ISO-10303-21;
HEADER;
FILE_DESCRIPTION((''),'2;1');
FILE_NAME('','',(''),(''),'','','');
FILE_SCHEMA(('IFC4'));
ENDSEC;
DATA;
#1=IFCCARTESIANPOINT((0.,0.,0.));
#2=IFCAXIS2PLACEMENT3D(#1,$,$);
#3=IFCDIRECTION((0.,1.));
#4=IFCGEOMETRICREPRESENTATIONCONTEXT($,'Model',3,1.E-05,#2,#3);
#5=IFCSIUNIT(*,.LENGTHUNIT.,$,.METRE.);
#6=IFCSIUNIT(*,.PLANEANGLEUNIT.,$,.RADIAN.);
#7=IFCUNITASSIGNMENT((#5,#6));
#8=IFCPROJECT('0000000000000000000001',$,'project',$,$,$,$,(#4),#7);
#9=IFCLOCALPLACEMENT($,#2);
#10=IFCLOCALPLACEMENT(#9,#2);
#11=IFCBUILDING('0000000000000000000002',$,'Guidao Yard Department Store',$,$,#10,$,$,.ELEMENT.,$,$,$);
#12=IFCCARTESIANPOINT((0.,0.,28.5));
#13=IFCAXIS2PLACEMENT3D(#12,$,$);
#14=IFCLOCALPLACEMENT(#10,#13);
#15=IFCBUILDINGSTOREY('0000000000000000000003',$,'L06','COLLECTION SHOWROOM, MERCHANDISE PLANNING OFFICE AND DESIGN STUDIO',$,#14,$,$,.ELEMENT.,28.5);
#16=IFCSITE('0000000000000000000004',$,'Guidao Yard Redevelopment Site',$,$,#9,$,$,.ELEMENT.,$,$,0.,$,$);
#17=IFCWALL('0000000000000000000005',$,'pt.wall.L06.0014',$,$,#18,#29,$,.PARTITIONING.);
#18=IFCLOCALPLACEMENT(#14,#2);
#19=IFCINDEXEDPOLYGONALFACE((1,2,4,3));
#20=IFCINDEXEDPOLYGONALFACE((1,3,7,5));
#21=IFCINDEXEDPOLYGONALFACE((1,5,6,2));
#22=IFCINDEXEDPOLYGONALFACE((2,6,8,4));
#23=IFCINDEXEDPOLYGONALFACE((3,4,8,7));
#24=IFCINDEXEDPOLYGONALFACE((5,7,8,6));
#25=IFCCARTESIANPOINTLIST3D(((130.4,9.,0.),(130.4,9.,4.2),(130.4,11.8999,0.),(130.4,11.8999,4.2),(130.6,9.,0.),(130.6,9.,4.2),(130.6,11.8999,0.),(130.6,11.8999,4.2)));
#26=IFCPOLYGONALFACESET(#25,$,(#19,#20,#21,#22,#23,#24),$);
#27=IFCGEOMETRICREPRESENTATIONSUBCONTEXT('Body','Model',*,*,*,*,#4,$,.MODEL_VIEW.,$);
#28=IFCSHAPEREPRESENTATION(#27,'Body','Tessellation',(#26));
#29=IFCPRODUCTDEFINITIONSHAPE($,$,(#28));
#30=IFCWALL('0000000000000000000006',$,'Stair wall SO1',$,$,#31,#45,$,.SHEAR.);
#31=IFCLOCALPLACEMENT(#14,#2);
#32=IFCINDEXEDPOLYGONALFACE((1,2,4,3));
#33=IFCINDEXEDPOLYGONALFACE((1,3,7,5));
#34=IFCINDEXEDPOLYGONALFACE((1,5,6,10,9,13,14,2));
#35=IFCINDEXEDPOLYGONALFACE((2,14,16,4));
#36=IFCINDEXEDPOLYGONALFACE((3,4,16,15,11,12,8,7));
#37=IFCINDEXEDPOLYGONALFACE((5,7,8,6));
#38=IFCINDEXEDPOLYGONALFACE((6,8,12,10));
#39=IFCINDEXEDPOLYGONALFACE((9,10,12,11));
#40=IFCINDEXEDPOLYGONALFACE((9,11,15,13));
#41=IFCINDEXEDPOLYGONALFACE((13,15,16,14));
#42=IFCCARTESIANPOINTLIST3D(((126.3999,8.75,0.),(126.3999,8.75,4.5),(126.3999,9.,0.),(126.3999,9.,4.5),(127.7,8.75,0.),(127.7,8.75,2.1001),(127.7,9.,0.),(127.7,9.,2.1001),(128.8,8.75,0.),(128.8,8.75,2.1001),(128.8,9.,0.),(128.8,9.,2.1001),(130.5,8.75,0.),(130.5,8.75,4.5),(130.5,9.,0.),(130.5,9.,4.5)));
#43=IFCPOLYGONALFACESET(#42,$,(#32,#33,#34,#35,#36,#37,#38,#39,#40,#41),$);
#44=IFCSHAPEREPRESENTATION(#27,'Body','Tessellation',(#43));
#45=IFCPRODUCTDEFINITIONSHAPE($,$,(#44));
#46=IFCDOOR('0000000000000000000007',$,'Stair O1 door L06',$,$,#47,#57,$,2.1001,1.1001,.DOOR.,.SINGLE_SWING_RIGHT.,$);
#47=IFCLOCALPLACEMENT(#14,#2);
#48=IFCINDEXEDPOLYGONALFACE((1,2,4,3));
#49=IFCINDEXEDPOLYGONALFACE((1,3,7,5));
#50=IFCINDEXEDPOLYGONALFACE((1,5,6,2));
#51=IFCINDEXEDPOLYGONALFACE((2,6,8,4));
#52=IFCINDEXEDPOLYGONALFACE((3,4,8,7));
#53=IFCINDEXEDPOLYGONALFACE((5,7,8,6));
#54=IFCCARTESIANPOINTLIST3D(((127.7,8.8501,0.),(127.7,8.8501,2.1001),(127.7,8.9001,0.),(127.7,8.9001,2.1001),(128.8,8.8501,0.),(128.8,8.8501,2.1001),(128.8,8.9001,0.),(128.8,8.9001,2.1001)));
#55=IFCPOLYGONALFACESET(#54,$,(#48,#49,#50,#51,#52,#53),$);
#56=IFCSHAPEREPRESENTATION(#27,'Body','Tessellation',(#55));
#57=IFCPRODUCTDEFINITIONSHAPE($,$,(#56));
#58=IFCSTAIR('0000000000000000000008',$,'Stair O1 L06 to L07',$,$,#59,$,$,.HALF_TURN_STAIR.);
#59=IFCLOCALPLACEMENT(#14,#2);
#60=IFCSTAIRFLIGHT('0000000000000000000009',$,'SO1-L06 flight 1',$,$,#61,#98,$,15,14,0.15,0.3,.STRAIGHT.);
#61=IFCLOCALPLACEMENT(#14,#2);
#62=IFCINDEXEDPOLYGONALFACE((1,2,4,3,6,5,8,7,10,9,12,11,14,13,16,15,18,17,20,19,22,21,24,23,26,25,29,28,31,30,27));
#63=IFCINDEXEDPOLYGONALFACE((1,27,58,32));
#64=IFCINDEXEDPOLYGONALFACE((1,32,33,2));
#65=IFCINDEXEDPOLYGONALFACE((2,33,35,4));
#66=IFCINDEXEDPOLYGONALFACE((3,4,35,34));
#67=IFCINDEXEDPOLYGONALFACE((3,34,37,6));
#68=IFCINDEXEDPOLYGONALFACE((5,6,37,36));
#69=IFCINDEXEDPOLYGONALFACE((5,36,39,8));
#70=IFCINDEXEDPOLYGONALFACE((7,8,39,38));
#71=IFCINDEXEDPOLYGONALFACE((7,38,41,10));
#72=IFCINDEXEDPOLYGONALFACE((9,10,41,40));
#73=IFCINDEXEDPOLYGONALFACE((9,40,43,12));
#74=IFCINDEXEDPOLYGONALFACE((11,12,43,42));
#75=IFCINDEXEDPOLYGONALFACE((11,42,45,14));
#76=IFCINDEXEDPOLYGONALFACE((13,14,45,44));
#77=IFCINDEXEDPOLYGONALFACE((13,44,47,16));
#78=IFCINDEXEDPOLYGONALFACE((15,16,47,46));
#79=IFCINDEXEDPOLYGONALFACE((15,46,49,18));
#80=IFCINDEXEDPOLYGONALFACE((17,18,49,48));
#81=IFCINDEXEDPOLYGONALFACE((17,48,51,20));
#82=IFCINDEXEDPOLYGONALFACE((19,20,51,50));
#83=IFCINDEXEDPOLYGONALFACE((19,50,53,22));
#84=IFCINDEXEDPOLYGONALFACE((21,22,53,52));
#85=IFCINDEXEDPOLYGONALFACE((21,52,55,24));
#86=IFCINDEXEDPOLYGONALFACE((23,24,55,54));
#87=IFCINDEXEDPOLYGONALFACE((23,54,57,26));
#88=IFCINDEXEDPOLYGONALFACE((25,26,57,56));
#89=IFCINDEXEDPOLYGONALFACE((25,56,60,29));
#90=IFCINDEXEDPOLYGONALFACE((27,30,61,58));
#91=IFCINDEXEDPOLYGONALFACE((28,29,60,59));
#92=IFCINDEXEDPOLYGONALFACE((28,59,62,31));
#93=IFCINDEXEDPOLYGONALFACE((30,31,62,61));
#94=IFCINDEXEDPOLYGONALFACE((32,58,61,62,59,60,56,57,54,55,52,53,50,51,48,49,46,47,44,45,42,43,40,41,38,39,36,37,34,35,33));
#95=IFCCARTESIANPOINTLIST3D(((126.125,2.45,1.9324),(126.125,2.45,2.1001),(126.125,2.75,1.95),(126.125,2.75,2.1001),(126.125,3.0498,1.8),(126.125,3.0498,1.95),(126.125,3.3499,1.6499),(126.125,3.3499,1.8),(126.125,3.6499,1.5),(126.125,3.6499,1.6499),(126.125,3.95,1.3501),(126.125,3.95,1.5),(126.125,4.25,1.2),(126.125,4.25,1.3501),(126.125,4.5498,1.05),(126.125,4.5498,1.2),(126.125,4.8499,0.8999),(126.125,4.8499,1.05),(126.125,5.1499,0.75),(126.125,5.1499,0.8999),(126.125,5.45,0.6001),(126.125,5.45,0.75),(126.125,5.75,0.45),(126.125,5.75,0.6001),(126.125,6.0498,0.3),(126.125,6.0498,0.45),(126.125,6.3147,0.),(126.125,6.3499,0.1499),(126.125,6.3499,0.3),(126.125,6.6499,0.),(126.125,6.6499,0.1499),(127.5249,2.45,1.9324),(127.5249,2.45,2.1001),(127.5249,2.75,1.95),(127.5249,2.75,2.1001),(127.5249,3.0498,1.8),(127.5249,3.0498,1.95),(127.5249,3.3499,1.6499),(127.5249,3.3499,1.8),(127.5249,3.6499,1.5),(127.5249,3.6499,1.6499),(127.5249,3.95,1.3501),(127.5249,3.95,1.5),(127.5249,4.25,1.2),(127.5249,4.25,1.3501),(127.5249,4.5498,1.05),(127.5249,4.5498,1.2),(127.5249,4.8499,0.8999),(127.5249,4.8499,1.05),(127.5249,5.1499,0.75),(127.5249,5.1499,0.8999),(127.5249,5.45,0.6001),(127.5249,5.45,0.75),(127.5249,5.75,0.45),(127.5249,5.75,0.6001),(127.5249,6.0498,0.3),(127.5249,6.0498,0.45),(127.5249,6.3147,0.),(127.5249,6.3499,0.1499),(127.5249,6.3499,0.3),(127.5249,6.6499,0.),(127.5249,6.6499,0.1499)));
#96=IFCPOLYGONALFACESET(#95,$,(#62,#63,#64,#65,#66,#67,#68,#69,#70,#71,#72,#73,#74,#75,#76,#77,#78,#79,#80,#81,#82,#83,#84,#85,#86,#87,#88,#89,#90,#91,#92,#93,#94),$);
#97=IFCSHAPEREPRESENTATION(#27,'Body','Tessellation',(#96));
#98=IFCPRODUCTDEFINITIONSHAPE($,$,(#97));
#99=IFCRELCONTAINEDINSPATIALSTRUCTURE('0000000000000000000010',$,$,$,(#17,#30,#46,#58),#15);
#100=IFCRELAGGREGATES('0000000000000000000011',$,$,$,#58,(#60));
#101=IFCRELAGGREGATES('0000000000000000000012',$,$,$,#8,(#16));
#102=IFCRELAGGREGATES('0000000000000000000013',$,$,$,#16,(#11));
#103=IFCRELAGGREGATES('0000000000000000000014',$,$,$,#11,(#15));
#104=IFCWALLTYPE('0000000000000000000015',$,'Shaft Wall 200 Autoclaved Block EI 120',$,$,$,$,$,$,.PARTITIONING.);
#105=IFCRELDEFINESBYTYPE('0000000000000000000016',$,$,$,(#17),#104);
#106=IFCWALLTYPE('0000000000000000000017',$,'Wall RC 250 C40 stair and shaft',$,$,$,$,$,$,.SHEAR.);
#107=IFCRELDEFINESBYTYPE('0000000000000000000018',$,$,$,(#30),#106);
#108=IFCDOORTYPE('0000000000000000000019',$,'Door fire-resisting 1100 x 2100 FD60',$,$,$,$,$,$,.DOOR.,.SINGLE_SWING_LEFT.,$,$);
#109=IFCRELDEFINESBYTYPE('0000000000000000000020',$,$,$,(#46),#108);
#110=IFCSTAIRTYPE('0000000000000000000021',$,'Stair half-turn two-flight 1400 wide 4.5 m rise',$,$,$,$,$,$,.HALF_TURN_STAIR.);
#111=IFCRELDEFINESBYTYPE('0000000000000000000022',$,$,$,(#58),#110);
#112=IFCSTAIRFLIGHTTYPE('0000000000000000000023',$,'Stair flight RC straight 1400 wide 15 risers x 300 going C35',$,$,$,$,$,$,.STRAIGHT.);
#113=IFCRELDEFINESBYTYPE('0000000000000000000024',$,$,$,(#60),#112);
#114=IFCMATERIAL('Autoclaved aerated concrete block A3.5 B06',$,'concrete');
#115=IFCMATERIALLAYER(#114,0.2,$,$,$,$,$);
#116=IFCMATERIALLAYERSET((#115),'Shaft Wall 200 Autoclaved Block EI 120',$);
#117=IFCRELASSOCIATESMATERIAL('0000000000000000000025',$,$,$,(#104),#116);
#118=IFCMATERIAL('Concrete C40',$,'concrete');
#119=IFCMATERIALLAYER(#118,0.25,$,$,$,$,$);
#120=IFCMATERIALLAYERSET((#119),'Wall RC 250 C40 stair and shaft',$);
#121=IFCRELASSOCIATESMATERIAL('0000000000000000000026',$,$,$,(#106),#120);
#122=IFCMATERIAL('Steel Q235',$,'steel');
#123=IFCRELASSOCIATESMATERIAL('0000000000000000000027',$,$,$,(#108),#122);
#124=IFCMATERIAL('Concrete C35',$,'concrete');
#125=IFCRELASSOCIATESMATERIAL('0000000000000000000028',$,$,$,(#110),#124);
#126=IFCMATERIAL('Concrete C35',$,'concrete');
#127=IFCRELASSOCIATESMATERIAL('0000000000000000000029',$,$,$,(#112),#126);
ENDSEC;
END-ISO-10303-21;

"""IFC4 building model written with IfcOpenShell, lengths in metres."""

from ifc_helpers import new_model, si_unit, direction, frame, frame_2d, origin, place, context, subcontext, project, spatial, polyline, rectangle, outline, extrude, material, layer, layer_set, type_object, element, fill, aggregate, save


model = new_model("IFC4")

# Units and contexts
model_context = context("Model", 3, precision=1e-05, world=origin(), true_north=direction((0.0, 1.0)))
body_context = subcontext(model_context, "Body", "Model", "MODEL_VIEW")
ifc_project = project(units=[si_unit("LENGTHUNIT", "METRE"), si_unit("PLANEANGLEUNIT", "RADIAN")], contexts=[model_context])

# Site, building, storey
site_placement = place(None, origin())
site = spatial("IfcSite", under=ifc_project, at=site_placement, Name="Guidao Yard Redevelopment Site", CompositionType="ELEMENT", RefElevation=0.0)
building_placement = place(site_placement, origin())
building = spatial("IfcBuilding", under=site, at=building_placement, Name="Guidao Yard Department Store", CompositionType="ELEMENT")
storey_placement = place(building_placement, frame((0.0, 0.0, 28.5)))
storey = spatial("IfcBuildingStorey", under=building, at=storey_placement, Name="L06", Description="COLLECTION SHOWROOM, MERCHANDISE PLANNING OFFICE AND DESIGN STUDIO", CompositionType="ELEMENT", Elevation=28.5)

# Wall
ifc_material_1 = material(Name="Autoclaved aerated concrete block A3.5 B06", Category="concrete")
ifc_layer_1 = layer(ifc_material_1, 0.2)
ifc_layer_set_1 = layer_set([ifc_layer_1], Name="Shaft Wall 200 Autoclaved Block EI 120")
wall_type_1 = type_object("IfcWallType", Name="Shaft Wall 200 Autoclaved Block EI 120", PredefinedType="PARTITIONING", material=ifc_layer_set_1)
wall_1_placement = place(storey_placement, frame((130.5, 9.0, 0.0), z_axis=(0.0, 0.0, 1.0), x_axis=(0.0, 1.0, 0.0)))
element("IfcWall", 1, at=wall_1_placement, inside=storey, type_object=wall_type_1, Name="pt.wall.L06.0014", PredefinedType="PARTITIONING", context=body_context, shape_type="SweptSolid", body=[
    extrude(rectangle(XDim=2.8999, YDim=0.2, at=frame_2d((1.45, 0.0))), origin(), (0.0, 0.0, 1.0), 4.2),
])

# Wall, opening, door
ifc_material_2 = material(Name="Concrete C40", Category="concrete")
ifc_layer_2 = layer(ifc_material_2, 0.25)
ifc_layer_set_2 = layer_set([ifc_layer_2], Name="Wall RC 250 C40 stair and shaft")
wall_type_2 = type_object("IfcWallType", Name="Wall RC 250 C40 stair and shaft", PredefinedType="SHEAR", material=ifc_layer_set_2)
wall_2_placement = place(storey_placement, frame((126.3999, 8.875, 0.0), z_axis=(0.0, 0.0, 1.0), x_axis=(1.0, 0.0, 0.0)))
wall_2 = element("IfcWall", 2, at=wall_2_placement, inside=storey, type_object=wall_type_2, Name="Stair wall SO1", PredefinedType="SHEAR", context=body_context, shape_type="SweptSolid", body=[
    extrude(rectangle(XDim=4.1001, YDim=0.25, at=frame_2d((2.05, 0.0))), origin(), (0.0, 0.0, 1.0), 4.5),
])
opening_placement = place(wall_2_placement, frame((2.4001, 0.0, 0.0), z_axis=(0.0, 0.0, 1.0), x_axis=(-1.0, 0.0, 0.0)))
opening = element("IfcOpeningElement", 3, at=opening_placement, cuts=wall_2, PredefinedType="OPENING", context=body_context, shape_type="SweptSolid", body=[
    extrude(rectangle(XDim=1.1001, YDim=2.1001, at=frame_2d((0.55, 1.05))), frame((0.0, 0.135, 0.0), z_axis=(0.0, -1.0, 0.0), x_axis=(1.0, 0.0, 0.0)), (0.0, 0.0, 1.0), 0.27),
])
ifc_material_3 = material(Name="Steel Q235", Category="steel")
door_type = type_object("IfcDoorType", Name="Door fire-resisting 1100 x 2100 FD60", OperationType="SINGLE_SWING_LEFT", PredefinedType="DOOR", material=ifc_material_3)
door_placement = place(opening_placement, origin())
door = element("IfcDoor", 4, at=door_placement, inside=storey, type_object=door_type, Name="Stair O1 door L06", OperationType="SINGLE_SWING_RIGHT", OverallHeight=2.1001, OverallWidth=1.1001, PredefinedType="DOOR", context=body_context, shape_type="SweptSolid", body=[
    extrude(rectangle(XDim=1.1001, YDim=2.1001, at=frame_2d((0.55, 1.05))), frame((0.0, 0.0249, 0.0), z_axis=(0.0, -1.0, 0.0), x_axis=(1.0, 0.0, 0.0)), (0.0, 0.0, 1.0), 0.05),
])
fill(opening, door)

# Stair, stair flight
ifc_material_4 = material(Name="Concrete C35", Category="concrete")
stair_type = type_object("IfcStairType", Name="Stair half-turn two-flight 1400 wide 4.5 m rise", PredefinedType="HALF_TURN_STAIR", material=ifc_material_4)
stair_placement = place(storey_placement, origin())
stair = element("IfcStair", 5, at=stair_placement, inside=storey, type_object=stair_type, Name="Stair O1 L06 to L07", PredefinedType="HALF_TURN_STAIR")
ifc_material_5 = material(Name="Concrete C35", Category="concrete")
stair_flight_type = type_object("IfcStairFlightType", Name="Stair flight RC straight 1400 wide 15 risers x 300 going C35", PredefinedType="STRAIGHT", material=ifc_material_5)
stair_flight_placement = place(storey_placement, frame((126.825, 6.6499, 0.0), z_axis=(0.0, 0.0, 1.0), x_axis=(0.0, -1.0, 0.0)))
stair_flight = element("IfcStairFlight", 6, at=stair_flight_placement, type_object=stair_flight_type, Name="SO1-L06 flight 1", NumberOfRisers=15, NumberOfTreads=14, PredefinedType="STRAIGHT", RiserHeight=0.15, TreadLength=0.3, context=body_context, shape_type="SweptSolid", body=[
    extrude(outline(polyline([(0.0, 0.0), (0.0, 0.1499), (0.3, 0.1499), (0.3, 0.3), (0.6001, 0.3), (0.6001, 0.45), (0.8999, 0.45), (0.8999, 0.6001), (1.2, 0.6001), (1.2, 0.75), (1.5, 0.75), (1.5, 0.8999), (1.8, 0.8999), (1.8, 1.05), (2.1001, 1.05), (2.1001, 1.2), (2.3999, 1.2), (2.3999, 1.3501), (2.7, 1.3501), (2.7, 1.5), (3.0, 1.5), (3.0, 1.6499), (3.3, 1.6499), (3.3, 1.8), (3.6001, 1.8), (3.6001, 1.95), (3.8999, 1.95), (3.8999, 2.1001), (4.2, 2.1001), (4.2, 2.25), (4.2, 1.9324), (0.3352, 0.0), (0.0, 0.0)])), frame((0.0, 0.7, 0.0), z_axis=(0.0, -1.0, 0.0), x_axis=(1.0, 0.0, 0.0)), (0.0, 0.0, 1.0), 1.3999),
])
aggregate(stair, [stair_flight])

save(model, "model.ifc")
